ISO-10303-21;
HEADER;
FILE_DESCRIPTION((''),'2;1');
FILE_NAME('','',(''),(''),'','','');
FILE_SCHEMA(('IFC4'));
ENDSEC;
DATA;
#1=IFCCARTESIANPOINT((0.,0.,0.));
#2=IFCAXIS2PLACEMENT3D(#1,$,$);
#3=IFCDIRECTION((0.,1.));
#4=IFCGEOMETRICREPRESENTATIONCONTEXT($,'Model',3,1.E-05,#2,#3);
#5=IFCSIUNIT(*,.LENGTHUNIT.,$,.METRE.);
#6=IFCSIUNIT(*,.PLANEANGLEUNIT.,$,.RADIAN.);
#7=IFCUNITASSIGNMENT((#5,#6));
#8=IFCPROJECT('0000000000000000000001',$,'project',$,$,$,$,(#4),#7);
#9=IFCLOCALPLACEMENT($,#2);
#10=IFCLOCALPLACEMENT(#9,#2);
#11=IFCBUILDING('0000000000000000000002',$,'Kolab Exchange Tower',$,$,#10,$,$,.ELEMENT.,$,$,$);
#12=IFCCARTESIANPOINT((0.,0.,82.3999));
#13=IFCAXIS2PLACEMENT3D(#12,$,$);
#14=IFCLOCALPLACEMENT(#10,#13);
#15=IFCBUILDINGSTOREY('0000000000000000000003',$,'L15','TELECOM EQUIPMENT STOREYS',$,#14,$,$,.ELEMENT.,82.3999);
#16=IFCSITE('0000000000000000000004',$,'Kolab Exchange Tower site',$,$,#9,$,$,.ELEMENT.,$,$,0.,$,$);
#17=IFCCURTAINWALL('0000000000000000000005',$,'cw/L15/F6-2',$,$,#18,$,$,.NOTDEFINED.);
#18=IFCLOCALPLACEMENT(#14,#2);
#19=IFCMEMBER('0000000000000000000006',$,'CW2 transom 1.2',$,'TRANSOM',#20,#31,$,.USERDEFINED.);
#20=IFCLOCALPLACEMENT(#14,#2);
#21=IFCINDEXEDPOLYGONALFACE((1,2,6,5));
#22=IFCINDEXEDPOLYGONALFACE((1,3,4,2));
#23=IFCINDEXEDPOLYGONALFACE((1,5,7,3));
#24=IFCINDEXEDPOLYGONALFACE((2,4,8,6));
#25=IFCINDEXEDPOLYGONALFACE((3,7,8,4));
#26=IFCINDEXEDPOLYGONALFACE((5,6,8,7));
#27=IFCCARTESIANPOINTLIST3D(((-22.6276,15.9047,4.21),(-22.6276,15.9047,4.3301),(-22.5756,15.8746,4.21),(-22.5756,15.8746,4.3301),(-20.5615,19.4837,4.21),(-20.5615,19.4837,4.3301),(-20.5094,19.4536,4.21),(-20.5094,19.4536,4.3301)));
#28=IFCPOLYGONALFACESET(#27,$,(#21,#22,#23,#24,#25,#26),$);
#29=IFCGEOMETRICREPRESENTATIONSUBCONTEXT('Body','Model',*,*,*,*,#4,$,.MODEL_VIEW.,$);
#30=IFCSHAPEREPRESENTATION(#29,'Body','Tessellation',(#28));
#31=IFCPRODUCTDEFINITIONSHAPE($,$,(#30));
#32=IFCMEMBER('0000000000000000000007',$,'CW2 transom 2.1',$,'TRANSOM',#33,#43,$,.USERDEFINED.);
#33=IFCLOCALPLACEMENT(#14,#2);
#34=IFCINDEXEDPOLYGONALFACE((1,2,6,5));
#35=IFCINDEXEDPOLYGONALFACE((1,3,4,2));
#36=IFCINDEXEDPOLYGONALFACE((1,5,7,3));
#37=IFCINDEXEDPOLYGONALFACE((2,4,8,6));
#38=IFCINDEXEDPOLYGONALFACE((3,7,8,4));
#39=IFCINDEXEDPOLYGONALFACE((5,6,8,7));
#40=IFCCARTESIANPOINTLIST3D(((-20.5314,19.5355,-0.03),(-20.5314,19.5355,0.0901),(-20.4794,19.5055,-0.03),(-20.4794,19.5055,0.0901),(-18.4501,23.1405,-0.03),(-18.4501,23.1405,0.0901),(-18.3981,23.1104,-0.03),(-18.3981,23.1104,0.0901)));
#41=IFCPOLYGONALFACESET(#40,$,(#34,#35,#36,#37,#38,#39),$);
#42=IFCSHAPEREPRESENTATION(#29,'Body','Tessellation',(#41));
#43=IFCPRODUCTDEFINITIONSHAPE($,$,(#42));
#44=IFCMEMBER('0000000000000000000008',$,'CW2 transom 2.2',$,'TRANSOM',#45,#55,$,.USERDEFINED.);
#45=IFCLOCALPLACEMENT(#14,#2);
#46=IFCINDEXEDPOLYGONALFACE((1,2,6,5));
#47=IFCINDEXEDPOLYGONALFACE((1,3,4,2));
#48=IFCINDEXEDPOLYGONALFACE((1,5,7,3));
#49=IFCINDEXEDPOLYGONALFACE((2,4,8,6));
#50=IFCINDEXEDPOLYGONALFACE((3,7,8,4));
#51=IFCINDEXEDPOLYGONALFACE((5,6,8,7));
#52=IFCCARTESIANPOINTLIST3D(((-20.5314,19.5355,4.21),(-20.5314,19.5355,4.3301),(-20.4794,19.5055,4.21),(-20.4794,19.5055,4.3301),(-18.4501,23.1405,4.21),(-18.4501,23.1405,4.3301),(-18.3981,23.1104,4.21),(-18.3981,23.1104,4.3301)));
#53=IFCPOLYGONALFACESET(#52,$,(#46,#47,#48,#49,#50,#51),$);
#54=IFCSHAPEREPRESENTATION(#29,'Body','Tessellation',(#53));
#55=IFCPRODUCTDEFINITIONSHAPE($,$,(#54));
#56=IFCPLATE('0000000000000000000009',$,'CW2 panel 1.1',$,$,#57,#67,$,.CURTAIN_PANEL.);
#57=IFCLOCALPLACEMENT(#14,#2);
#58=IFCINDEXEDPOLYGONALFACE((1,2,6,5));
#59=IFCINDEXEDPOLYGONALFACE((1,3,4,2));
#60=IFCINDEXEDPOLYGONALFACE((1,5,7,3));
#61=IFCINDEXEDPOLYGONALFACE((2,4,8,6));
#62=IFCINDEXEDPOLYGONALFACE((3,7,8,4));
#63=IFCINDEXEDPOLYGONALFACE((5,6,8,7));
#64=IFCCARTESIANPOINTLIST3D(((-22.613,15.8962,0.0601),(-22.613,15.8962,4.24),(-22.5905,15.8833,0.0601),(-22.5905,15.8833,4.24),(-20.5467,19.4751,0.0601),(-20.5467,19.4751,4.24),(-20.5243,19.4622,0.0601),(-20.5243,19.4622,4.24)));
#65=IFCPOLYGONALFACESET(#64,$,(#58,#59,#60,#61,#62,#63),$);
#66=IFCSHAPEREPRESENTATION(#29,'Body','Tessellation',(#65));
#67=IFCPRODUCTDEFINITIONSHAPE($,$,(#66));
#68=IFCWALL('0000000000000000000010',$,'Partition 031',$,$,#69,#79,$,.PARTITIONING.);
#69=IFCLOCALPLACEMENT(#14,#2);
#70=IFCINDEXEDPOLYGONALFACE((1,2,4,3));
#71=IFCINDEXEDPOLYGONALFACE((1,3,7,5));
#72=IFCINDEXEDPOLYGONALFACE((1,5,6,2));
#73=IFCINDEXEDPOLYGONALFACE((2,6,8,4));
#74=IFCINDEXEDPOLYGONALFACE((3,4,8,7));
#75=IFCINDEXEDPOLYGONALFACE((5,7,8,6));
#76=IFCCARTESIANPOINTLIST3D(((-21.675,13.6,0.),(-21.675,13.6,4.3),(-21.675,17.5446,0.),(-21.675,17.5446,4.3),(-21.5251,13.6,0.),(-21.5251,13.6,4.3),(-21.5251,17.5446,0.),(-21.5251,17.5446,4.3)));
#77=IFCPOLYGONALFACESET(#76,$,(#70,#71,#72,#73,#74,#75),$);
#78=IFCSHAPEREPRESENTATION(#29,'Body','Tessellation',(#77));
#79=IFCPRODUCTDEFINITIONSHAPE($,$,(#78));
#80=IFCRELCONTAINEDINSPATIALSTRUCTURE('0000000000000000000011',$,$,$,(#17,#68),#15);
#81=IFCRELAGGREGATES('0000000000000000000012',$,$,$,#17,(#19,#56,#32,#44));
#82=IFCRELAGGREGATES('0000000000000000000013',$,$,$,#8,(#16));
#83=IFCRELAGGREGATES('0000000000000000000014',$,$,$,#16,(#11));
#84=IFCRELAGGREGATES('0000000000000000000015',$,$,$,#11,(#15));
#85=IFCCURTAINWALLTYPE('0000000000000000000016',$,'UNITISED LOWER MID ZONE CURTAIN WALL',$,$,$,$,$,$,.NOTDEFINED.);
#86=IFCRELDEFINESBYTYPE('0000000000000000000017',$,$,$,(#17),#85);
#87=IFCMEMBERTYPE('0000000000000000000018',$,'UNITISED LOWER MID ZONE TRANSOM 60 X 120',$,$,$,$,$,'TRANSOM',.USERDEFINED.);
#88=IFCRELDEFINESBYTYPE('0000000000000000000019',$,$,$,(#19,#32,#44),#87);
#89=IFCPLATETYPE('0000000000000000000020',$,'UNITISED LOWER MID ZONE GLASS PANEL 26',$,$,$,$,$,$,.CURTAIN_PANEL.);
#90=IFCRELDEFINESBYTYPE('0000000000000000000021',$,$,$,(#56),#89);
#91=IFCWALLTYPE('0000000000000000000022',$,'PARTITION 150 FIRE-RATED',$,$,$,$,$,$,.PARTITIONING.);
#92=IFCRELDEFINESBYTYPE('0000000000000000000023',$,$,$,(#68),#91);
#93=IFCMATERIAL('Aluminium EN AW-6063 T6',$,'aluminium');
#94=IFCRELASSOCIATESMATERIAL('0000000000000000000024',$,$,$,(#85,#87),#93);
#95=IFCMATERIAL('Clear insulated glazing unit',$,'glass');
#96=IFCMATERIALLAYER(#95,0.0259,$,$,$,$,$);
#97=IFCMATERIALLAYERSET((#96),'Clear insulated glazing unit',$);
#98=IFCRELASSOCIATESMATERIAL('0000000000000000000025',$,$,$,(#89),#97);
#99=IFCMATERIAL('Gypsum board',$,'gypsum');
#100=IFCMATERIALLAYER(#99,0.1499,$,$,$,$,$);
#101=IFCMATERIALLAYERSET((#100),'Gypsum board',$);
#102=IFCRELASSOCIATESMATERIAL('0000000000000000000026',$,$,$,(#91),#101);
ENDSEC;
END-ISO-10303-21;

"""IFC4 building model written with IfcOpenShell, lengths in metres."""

from ifc_helpers import new_model, si_unit, direction, frame, frame_2d, origin, origin_2d, place, context, subcontext, project, spatial, rectangle, extrude, material, layer, layer_set, material_profile, profile_set, type_object, element, aggregate, save


model = new_model("IFC4")

# Units and contexts
model_context = context("Model", 3, precision=1e-05, world=origin(), true_north=direction((0.0, 1.0)))
body_context = subcontext(model_context, "Body", "Model", "MODEL_VIEW")
ifc_project = project(units=[si_unit("LENGTHUNIT", "METRE"), si_unit("PLANEANGLEUNIT", "RADIAN")], contexts=[model_context])

# Site, building, storey
site_placement = place(None, origin())
site = spatial("IfcSite", under=ifc_project, at=site_placement, Name="Kolab Exchange Tower site", CompositionType="ELEMENT", RefElevation=0.0)
building_placement = place(site_placement, origin())
building = spatial("IfcBuilding", under=site, at=building_placement, Name="Kolab Exchange Tower", CompositionType="ELEMENT")
storey_placement = place(building_placement, frame((0.0, 0.0, 82.3999)))
storey = spatial("IfcBuildingStorey", under=building, at=storey_placement, Name="L15", Description="TELECOM EQUIPMENT STOREYS", CompositionType="ELEMENT", Elevation=82.3999)

# Shared definitions
ifc_material_1 = material(Name="Aluminium EN AW-6063 T6", Category="aluminium")
curtain_wall_type = type_object("IfcCurtainWallType", Name="UNITISED LOWER MID ZONE CURTAIN WALL", PredefinedType="NOTDEFINED", material=ifc_material_1)

# Curtain wall, members, plate
curtain_wall_1_placement = place(storey_placement, origin())
curtain_wall_1 = element("IfcCurtainWall", 1, at=curtain_wall_1_placement, inside=storey, type_object=curtain_wall_type, Name="cw/L15/F6-2", PredefinedType="NOTDEFINED")
ifc_material_profile_1 = material_profile(ifc_material_1, rectangle(XDim=0.0601, YDim=0.1201, at=origin_2d()), Name="RECT 60X120")
ifc_profile_set_1 = profile_set([ifc_material_profile_1], Name="Aluminium EN AW-6063 T6")
member_type_1 = type_object("IfcMemberType", Name="UNITISED LOWER MID ZONE TRANSOM 60 X 120", ElementType="TRANSOM", PredefinedType="USERDEFINED", material=ifc_profile_set_1)
member_1_placement = place(storey_placement, frame((-22.6016, 15.8896, 4.27), z_axis=(0.499958, 0.86605, 0.0), x_axis=(-0.86605, 0.499958, 0.0)))
member_1 = element("IfcMember", 2, at=member_1_placement, type_object=member_type_1, Name="CW2 transom 1.2", ObjectType="TRANSOM", PredefinedType="USERDEFINED", context=body_context, shape_type="SweptSolid", body=[
    extrude(rectangle(XDim=0.0601, YDim=0.1201, at=origin_2d()), origin(), (0.0, 0.0, 1.0), 4.1326),
])
member_2_placement = place(storey_placement, frame((-20.5054, 19.5205, 0.03), z_axis=(0.499993, 0.866029, 0.0), x_axis=(-0.866029, 0.499993, 0.0)))
member_2 = element("IfcMember", 3, at=member_2_placement, type_object=member_type_1, Name="CW2 transom 2.1", ObjectType="TRANSOM", PredefinedType="USERDEFINED", context=body_context, shape_type="SweptSolid", body=[
    extrude(rectangle(XDim=0.0601, YDim=0.1201, at=origin_2d()), origin(), (0.0, 0.0, 1.0), 4.1626),
])
member_3_placement = place(storey_placement, frame((-20.5054, 19.5205, 4.27), z_axis=(0.499993, 0.866029, 0.0), x_axis=(-0.866029, 0.499993, 0.0)))
member_3 = element("IfcMember", 4, at=member_3_placement, type_object=member_type_1, Name="CW2 transom 2.2", ObjectType="TRANSOM", PredefinedType="USERDEFINED", context=body_context, shape_type="SweptSolid", body=[
    extrude(rectangle(XDim=0.0601, YDim=0.1201, at=origin_2d()), origin(), (0.0, 0.0, 1.0), 4.1626),
])
ifc_material_2 = material(Name="Clear insulated glazing unit", Category="glass")
ifc_layer_1 = layer(ifc_material_2, 0.0259)
ifc_layer_set_1 = layer_set([ifc_layer_1], Name="Clear insulated glazing unit")
plate_type = type_object("IfcPlateType", Name="UNITISED LOWER MID ZONE GLASS PANEL 26", PredefinedType="CURTAIN_PANEL", material=ifc_layer_set_1)
plate_placement = place(storey_placement, frame((-21.5686, 17.6792, 0.0601), z_axis=(0.0, 0.0, 1.0), x_axis=(0.5, 0.866025, 0.0)))
plate = element("IfcPlate", 5, at=plate_placement, type_object=plate_type, Name="CW2 panel 1.1", PredefinedType="CURTAIN_PANEL", context=body_context, shape_type="SweptSolid", body=[
    extrude(rectangle(XDim=4.1326, YDim=0.0259, at=origin_2d()), origin(), (0.0, 0.0, 1.0), 4.1799),
])
aggregate(curtain_wall_1, [member_1, plate, member_2, member_3])

# Wall
ifc_material_3 = material(Name="Gypsum board", Category="gypsum")
ifc_layer_2 = layer(ifc_material_3, 0.1499)
ifc_layer_set_2 = layer_set([ifc_layer_2], Name="Gypsum board")
wall_type_1 = type_object("IfcWallType", Name="PARTITION 150 FIRE-RATED", PredefinedType="PARTITIONING", material=ifc_layer_set_2)
wall_1_placement = place(storey_placement, frame((-21.6001, 13.6001, 0.0), z_axis=(0.0, 0.0, 1.0), x_axis=(0.0, 1.0, 0.0)))
element("IfcWall", 6, at=wall_1_placement, inside=storey, type_object=wall_type_1, Name="Partition 031", PredefinedType="PARTITIONING", context=body_context, shape_type="SweptSolid", body=[
    extrude(rectangle(XDim=3.9446, YDim=0.1499, at=frame_2d((1.9722, 0.0))), origin(), (0.0, 0.0, 1.0), 4.3),
])

save(model, "model.ifc")
